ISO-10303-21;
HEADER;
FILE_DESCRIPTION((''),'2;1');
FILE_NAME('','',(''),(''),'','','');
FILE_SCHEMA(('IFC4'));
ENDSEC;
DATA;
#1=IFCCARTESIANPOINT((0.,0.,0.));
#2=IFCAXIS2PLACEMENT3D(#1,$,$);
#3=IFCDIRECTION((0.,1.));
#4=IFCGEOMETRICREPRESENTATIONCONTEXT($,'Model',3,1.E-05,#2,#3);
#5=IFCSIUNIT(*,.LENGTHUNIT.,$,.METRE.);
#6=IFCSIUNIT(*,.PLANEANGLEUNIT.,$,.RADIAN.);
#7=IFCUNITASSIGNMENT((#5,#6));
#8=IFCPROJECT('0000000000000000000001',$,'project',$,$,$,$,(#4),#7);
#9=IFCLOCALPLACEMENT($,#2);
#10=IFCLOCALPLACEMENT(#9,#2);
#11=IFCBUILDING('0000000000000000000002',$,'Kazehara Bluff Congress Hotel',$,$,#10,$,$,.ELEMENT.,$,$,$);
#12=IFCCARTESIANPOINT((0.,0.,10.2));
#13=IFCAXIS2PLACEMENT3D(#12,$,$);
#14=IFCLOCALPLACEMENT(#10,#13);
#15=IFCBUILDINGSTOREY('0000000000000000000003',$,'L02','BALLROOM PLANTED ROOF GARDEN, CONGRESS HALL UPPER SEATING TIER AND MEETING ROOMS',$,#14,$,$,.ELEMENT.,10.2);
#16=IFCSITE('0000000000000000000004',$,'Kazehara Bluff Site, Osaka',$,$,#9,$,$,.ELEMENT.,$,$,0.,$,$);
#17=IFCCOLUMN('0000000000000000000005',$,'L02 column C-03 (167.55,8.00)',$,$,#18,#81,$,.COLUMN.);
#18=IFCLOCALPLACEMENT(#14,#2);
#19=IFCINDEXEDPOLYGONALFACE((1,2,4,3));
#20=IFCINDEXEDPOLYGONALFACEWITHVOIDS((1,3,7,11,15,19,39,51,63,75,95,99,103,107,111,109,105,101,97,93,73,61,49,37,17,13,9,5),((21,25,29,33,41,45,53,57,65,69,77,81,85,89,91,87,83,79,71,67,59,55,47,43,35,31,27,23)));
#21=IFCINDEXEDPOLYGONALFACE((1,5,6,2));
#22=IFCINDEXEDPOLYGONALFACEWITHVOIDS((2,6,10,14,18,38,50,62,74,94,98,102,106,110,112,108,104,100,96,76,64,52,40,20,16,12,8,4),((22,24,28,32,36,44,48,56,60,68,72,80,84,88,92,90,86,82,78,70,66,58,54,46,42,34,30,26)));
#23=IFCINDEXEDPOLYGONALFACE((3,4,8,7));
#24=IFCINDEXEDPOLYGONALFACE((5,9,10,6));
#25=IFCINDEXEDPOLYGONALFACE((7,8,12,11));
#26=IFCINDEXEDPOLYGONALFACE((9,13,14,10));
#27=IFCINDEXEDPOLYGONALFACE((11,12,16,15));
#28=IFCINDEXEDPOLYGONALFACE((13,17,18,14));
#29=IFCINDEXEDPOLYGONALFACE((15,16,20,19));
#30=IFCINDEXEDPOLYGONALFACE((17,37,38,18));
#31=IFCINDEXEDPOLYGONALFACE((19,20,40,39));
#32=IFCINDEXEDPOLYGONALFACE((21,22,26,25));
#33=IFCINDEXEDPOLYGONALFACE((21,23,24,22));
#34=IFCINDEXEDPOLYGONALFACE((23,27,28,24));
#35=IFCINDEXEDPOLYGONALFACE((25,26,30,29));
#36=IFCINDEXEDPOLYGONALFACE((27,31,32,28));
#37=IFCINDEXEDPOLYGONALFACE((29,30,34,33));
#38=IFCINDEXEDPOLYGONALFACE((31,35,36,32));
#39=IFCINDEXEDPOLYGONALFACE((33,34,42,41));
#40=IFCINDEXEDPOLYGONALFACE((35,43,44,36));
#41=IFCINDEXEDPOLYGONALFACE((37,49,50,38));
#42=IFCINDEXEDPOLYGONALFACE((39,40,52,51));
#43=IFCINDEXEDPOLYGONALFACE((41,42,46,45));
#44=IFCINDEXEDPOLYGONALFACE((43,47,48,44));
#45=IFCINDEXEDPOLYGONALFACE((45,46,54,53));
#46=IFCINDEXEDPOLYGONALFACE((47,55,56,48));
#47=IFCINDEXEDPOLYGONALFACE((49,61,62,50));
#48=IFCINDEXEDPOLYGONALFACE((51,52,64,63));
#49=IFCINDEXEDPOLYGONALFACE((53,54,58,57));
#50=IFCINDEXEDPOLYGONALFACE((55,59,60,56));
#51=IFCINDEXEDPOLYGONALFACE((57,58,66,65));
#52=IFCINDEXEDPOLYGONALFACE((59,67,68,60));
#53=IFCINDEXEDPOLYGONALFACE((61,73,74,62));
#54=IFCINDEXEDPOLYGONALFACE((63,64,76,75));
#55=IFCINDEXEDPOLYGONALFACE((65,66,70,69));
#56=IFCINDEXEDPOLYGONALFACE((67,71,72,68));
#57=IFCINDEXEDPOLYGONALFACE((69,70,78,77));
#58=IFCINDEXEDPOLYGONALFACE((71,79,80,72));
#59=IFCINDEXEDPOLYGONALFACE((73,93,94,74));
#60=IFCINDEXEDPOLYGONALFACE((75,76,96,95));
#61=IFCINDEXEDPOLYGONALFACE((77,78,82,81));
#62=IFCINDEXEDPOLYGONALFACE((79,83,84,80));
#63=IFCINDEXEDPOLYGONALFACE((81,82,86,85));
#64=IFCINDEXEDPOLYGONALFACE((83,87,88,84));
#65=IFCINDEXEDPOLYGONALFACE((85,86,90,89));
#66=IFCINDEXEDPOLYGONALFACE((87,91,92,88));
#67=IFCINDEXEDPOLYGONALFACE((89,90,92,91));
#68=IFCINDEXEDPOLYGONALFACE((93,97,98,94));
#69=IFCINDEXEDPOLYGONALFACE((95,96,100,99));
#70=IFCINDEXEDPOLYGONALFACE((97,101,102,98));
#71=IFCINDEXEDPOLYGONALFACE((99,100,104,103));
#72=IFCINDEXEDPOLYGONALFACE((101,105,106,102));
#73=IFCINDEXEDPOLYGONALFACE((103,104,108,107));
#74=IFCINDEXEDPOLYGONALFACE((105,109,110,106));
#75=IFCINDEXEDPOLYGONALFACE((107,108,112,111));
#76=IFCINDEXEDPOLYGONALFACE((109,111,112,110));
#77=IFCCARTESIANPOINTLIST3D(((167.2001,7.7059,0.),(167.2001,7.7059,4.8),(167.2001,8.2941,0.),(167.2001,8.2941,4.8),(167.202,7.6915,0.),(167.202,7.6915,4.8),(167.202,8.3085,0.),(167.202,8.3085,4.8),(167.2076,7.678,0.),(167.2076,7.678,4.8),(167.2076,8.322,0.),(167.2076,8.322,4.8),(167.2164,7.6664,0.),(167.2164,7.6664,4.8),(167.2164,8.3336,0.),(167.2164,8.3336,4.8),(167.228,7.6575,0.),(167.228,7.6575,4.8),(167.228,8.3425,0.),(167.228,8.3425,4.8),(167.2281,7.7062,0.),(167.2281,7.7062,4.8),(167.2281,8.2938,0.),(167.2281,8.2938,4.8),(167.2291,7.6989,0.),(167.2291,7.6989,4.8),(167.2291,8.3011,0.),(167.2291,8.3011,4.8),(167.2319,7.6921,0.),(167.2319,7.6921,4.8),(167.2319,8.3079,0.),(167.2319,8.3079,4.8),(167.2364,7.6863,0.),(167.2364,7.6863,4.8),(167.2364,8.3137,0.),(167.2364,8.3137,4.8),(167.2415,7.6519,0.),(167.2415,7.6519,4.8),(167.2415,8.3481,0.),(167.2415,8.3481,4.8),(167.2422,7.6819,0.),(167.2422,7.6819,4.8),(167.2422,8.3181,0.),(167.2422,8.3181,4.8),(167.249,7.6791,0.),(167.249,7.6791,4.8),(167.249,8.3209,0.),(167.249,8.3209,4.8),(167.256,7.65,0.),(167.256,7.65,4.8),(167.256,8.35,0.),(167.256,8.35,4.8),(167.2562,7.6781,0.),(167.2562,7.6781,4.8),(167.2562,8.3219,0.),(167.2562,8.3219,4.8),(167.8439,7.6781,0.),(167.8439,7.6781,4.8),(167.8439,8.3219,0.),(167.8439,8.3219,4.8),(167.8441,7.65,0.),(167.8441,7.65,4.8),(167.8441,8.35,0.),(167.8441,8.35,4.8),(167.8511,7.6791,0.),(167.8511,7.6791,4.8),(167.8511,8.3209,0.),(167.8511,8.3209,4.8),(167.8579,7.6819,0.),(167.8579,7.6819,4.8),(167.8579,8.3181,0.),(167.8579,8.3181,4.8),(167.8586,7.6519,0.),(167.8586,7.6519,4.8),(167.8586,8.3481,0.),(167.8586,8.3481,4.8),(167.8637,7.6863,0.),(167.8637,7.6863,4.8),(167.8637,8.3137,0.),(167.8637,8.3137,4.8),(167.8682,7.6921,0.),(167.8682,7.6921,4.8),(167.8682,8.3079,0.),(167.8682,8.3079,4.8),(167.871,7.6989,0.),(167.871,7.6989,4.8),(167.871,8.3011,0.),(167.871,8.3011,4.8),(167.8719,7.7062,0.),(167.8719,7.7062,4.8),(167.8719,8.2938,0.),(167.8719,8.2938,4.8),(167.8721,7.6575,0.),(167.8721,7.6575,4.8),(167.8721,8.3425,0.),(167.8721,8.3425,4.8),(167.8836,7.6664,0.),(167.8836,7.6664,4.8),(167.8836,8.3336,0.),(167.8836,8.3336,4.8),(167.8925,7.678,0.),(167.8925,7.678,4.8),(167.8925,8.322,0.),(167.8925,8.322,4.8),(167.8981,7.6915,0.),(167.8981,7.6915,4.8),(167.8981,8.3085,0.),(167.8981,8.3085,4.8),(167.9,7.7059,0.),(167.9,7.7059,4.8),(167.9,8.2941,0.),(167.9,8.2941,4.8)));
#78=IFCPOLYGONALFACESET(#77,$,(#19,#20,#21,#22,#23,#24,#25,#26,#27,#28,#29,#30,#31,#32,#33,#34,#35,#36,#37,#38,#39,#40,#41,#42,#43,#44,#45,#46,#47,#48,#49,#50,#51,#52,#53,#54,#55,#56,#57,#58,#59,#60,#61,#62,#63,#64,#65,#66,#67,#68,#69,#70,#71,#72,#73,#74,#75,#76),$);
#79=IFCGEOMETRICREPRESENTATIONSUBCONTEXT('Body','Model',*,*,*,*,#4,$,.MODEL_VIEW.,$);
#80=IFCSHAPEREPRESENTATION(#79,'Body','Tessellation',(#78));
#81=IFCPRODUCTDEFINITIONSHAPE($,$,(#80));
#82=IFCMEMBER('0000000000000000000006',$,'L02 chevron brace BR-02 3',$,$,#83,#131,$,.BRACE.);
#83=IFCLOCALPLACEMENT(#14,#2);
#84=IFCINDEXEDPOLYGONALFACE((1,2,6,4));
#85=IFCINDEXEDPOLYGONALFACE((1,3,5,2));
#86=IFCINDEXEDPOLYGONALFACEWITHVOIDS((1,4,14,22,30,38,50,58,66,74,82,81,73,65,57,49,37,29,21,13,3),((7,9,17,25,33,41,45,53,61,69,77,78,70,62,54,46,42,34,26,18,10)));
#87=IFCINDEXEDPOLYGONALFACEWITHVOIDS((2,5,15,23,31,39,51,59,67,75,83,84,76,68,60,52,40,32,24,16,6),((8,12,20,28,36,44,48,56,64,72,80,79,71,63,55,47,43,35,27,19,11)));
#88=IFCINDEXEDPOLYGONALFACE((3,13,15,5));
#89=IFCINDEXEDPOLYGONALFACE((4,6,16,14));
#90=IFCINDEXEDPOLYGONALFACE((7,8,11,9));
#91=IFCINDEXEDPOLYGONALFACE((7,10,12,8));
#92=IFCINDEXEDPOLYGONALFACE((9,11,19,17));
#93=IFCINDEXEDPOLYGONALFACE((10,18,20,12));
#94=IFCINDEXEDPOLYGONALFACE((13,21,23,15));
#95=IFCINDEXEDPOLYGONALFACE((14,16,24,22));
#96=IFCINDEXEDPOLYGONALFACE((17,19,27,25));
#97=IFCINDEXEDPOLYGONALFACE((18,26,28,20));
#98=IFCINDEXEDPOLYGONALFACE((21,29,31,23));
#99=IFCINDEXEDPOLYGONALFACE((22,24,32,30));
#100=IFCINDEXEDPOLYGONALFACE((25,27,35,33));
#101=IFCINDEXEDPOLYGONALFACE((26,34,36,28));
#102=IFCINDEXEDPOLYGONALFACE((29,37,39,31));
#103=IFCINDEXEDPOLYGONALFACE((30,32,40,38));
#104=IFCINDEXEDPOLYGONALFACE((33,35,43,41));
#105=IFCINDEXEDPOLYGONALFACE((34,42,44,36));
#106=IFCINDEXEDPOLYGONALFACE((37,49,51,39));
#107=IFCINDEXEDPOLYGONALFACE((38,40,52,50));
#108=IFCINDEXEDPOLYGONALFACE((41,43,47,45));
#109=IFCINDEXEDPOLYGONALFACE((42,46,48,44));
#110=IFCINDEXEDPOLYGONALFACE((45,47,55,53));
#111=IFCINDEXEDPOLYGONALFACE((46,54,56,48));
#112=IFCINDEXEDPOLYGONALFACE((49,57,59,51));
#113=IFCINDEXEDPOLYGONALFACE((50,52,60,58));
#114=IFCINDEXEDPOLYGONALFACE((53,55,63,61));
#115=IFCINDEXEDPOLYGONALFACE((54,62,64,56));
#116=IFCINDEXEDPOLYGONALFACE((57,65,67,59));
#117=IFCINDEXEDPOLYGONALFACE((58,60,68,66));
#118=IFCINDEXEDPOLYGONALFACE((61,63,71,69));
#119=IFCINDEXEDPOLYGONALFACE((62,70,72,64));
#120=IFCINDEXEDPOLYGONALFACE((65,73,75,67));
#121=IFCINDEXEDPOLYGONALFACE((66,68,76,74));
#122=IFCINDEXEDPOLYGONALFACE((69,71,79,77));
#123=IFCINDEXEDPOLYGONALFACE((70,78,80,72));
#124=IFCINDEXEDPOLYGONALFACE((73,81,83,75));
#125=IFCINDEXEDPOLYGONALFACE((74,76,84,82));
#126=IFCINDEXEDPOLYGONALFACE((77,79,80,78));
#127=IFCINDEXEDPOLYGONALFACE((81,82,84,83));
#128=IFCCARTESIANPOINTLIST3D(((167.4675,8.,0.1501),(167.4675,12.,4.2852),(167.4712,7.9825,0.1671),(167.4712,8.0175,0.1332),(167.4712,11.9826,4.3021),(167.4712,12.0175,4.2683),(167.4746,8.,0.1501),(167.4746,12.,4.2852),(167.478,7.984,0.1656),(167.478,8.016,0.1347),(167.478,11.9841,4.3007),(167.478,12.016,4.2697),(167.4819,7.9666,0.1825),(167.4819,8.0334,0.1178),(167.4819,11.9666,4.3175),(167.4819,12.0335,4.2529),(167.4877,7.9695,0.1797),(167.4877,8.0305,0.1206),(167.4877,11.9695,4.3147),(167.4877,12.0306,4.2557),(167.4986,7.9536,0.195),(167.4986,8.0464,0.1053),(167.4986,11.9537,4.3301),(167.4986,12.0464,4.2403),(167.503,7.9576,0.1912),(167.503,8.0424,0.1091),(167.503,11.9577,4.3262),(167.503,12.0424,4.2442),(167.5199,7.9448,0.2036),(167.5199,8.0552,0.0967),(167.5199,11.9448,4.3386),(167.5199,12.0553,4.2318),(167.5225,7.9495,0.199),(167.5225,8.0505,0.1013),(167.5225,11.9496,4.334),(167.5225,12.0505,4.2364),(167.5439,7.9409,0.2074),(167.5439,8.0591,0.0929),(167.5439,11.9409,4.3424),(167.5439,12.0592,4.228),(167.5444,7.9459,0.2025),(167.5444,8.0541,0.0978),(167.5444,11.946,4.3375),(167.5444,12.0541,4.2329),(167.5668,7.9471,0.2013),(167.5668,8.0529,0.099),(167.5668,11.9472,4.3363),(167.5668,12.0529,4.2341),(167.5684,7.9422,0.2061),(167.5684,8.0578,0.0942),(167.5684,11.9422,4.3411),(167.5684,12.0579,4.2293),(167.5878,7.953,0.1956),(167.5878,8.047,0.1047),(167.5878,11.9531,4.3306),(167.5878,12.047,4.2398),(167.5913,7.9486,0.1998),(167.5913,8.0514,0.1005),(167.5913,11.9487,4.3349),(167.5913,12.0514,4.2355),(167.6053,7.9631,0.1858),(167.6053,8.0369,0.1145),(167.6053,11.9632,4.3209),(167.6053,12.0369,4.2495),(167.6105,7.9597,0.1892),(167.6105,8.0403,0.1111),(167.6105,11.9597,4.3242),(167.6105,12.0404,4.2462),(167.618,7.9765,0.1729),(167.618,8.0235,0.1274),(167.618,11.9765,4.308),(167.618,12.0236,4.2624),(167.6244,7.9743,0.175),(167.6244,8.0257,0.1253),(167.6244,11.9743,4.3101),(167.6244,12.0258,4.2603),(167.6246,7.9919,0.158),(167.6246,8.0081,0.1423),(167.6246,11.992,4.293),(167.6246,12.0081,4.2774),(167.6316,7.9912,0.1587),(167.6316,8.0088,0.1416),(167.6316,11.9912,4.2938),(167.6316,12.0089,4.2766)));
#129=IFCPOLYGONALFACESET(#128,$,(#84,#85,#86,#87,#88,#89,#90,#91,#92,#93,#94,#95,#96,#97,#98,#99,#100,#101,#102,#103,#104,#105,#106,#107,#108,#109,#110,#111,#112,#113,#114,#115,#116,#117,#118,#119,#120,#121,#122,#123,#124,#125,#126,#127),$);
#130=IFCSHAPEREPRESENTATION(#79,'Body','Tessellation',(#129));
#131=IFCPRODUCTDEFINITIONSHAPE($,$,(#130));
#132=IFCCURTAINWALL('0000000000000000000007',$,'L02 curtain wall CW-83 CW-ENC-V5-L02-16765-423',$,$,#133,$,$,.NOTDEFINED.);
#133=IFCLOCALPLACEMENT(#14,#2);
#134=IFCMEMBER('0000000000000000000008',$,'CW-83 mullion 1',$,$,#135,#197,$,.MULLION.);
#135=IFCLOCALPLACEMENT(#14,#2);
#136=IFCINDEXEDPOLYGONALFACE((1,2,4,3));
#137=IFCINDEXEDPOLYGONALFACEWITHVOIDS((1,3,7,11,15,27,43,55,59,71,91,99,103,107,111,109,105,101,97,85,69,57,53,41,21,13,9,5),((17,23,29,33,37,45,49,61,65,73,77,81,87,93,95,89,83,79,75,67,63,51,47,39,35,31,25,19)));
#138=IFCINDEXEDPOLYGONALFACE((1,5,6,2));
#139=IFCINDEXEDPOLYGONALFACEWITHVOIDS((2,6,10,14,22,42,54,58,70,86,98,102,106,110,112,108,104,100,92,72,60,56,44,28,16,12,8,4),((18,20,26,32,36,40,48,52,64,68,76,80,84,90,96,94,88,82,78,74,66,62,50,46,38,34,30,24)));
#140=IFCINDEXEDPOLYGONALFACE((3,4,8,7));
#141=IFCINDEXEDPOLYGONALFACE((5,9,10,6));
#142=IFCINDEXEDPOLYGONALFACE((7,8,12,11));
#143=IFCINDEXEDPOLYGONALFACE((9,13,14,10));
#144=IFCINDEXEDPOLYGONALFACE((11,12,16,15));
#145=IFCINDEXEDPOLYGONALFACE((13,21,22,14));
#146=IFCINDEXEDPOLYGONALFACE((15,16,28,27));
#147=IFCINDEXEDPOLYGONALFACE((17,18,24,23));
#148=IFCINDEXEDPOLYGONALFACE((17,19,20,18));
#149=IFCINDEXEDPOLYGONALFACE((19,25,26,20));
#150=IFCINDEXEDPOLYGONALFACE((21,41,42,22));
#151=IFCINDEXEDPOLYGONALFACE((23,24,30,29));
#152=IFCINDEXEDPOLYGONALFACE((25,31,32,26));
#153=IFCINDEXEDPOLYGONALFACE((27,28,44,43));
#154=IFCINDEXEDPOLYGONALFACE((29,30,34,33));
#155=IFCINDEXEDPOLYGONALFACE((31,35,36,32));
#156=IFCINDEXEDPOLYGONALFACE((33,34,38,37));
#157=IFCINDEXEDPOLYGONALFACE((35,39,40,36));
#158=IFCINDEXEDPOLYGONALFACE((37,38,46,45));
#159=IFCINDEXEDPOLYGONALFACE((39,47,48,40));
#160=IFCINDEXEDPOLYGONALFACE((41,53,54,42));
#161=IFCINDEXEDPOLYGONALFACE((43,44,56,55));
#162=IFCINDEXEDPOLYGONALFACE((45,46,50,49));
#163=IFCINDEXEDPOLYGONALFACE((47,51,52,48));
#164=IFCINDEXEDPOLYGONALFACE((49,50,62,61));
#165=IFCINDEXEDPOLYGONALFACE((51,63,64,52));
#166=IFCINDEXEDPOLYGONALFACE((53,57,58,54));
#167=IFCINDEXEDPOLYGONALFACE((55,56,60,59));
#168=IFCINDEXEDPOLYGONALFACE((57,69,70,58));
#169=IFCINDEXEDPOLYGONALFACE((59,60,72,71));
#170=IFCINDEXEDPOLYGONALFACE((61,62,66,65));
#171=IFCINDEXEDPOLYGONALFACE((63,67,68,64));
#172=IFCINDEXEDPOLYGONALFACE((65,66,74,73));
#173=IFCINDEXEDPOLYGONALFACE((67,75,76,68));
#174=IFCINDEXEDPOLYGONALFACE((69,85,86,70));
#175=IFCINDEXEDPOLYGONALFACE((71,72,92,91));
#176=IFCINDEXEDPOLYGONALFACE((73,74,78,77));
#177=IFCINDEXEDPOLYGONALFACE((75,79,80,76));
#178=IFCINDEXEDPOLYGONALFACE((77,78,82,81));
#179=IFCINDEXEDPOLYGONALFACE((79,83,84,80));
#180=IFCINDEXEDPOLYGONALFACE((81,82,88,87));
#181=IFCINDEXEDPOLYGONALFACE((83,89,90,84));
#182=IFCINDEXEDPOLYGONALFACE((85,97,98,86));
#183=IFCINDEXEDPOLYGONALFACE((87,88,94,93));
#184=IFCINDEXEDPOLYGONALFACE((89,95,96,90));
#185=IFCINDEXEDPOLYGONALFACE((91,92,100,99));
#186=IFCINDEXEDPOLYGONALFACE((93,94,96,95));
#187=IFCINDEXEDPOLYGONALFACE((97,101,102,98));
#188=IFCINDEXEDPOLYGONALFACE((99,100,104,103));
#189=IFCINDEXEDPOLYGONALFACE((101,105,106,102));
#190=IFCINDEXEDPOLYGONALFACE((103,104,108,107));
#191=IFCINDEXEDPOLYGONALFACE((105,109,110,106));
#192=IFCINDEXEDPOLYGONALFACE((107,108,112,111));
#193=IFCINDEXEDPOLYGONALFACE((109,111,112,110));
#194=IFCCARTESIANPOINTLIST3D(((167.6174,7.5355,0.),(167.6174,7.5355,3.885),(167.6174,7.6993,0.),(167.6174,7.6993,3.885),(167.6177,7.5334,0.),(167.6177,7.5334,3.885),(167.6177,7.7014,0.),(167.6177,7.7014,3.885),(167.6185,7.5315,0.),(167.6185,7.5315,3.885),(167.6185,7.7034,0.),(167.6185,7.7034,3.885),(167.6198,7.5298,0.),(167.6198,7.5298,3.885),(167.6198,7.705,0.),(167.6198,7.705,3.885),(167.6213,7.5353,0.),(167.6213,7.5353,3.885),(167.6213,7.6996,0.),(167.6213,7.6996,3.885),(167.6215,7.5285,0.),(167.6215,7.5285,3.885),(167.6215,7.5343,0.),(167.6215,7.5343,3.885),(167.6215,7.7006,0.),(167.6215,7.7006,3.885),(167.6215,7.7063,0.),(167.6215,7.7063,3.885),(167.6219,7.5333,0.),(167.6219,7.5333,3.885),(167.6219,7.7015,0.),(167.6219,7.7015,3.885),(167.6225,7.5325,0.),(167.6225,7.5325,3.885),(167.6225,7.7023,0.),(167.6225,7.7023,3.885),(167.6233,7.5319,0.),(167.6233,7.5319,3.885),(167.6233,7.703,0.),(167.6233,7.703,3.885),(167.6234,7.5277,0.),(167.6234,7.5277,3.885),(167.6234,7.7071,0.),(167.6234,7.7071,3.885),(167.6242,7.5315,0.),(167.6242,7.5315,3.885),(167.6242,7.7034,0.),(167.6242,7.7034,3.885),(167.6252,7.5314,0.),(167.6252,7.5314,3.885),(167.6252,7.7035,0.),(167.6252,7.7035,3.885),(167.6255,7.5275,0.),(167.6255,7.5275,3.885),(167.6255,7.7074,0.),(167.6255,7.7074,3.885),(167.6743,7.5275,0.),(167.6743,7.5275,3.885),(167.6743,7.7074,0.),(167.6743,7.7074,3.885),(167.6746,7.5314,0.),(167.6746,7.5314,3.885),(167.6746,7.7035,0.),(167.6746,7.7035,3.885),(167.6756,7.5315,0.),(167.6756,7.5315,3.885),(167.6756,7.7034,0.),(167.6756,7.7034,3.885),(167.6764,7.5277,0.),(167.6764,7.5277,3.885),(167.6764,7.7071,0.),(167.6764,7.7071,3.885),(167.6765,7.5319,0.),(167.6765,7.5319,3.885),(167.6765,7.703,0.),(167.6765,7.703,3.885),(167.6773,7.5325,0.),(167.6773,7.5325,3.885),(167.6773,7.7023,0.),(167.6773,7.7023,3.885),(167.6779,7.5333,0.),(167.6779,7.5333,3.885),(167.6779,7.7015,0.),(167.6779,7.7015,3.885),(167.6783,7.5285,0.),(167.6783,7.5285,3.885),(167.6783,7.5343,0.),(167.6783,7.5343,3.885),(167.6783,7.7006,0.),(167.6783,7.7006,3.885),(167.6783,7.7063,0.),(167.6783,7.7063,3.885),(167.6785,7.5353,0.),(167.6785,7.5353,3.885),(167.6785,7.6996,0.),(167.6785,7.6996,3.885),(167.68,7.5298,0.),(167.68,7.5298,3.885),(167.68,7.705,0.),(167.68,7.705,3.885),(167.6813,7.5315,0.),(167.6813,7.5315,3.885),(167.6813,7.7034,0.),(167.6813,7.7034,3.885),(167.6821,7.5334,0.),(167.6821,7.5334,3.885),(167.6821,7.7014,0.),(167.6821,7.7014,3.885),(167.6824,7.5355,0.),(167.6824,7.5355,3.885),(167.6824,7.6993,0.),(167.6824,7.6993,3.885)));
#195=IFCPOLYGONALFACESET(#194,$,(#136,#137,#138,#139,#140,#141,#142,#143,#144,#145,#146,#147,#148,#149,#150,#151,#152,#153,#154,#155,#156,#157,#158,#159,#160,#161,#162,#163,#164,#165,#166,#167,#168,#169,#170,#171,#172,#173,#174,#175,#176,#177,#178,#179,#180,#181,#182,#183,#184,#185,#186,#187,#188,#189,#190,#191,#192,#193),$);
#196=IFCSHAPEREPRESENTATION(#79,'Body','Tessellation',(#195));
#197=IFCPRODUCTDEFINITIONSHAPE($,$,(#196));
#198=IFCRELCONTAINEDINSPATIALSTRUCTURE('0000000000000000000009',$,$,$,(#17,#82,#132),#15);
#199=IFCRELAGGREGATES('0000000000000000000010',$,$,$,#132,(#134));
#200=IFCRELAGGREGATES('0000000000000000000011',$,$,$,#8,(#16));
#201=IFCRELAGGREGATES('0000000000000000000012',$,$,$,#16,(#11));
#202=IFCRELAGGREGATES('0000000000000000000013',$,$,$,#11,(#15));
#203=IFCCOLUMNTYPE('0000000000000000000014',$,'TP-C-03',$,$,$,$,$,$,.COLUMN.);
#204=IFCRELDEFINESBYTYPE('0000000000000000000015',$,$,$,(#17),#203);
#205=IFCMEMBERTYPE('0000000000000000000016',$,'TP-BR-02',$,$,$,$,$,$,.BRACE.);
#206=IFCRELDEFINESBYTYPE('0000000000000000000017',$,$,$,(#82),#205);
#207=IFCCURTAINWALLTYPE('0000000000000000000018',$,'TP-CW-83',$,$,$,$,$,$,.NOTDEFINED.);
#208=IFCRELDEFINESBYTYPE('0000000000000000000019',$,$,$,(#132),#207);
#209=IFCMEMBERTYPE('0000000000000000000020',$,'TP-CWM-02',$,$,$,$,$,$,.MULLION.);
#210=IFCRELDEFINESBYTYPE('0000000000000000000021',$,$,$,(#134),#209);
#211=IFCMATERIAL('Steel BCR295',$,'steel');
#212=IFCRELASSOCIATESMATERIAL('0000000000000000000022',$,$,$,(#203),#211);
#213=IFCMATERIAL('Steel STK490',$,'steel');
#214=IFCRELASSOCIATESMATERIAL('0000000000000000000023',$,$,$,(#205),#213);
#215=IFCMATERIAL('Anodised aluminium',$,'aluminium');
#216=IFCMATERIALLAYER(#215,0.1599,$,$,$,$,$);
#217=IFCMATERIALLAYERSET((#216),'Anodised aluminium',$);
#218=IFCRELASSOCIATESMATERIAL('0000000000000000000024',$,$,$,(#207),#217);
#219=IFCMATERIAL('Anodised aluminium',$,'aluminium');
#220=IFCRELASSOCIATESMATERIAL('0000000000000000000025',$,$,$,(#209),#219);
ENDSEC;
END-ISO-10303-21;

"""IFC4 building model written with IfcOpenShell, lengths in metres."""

from ifc_helpers import new_model, si_unit, direction, frame, origin, origin_2d, place, context, subcontext, project, spatial, hollow_rectangle, hollow_circle, extrude, material, layer, layer_set, material_profile, profile_set, type_object, element, aggregate, save


model = new_model("IFC4")

# Units and contexts
model_context = context("Model", 3, precision=1e-05, world=origin(), true_north=direction((0.0, 1.0)))
body_context = subcontext(model_context, "Body", "Model", "MODEL_VIEW")
ifc_project = project(units=[si_unit("LENGTHUNIT", "METRE"), si_unit("PLANEANGLEUNIT", "RADIAN")], contexts=[model_context])

# Site, building, storey
site_placement = place(None, origin())
site = spatial("IfcSite", under=ifc_project, at=site_placement, Name="Kazehara Bluff Site, Osaka", CompositionType="ELEMENT", RefElevation=0.0)
building_placement = place(site_placement, origin())
building = spatial("IfcBuilding", under=site, at=building_placement, Name="Kazehara Bluff Congress Hotel", CompositionType="ELEMENT")
storey_placement = place(building_placement, frame((0.0, 0.0, 10.2)))
storey = spatial("IfcBuildingStorey", under=building, at=storey_placement, Name="L02", Description="BALLROOM PLANTED ROOF GARDEN, CONGRESS HALL UPPER SEATING TIER AND MEETING ROOMS", CompositionType="ELEMENT", Elevation=10.2)

# Column
ifc_material_1 = material(Name="Steel BCR295", Category="steel")
ifc_material_profile_1 = material_profile(ifc_material_1, hollow_rectangle(XDim=0.7, YDim=0.7, WallThickness=0.0281, InnerFilletRadius=0.0281, OuterFilletRadius=0.0559, at=origin_2d()))
ifc_profile_set_1 = profile_set([ifc_material_profile_1], Name="Steel BCR295")
column_type = type_object("IfcColumnType", Name="TP-C-03", PredefinedType="COLUMN", material=ifc_profile_set_1)
column_placement = place(storey_placement, frame((167.55, 8.0, 0.0), z_axis=(0.0, 0.0, 1.0), x_axis=(1.0, 0.0, 0.0)))
element("IfcColumn", 1, at=column_placement, inside=storey, type_object=column_type, Name="L02 column C-03 (167.55,8.00)", PredefinedType="COLUMN", context=body_context, shape_type="SweptSolid", body=[
    extrude(hollow_rectangle(XDim=0.7, YDim=0.7, WallThickness=0.0281, InnerFilletRadius=0.0281, OuterFilletRadius=0.0559, at=origin_2d()), origin(), (0.0, 0.0, 1.0), 4.8),
])

# Member
ifc_material_2 = material(Name="Steel STK490", Category="steel")
ifc_material_profile_2 = material_profile(ifc_material_2, hollow_circle(Radius=0.0825, WallThickness=0.0071, at=origin_2d()))
ifc_profile_set_2 = profile_set([ifc_material_profile_2], Name="Steel STK490")
member_type_1 = type_object("IfcMemberType", Name="TP-BR-02", PredefinedType="BRACE", material=ifc_profile_set_2)
member_1_placement = place(storey_placement, frame((167.55, 8.0, 0.1501), z_axis=(0.0, 0.695276, 0.718743), x_axis=(-1.0, 0.0, 0.0)))
element("IfcMember", 2, at=member_1_placement, inside=storey, type_object=member_type_1, Name="L02 chevron brace BR-02 3", PredefinedType="BRACE", context=body_context, shape_type="SweptSolid", body=[
    extrude(hollow_circle(Radius=0.0825, WallThickness=0.0071, at=origin_2d()), origin(), (0.0, 0.0, 1.0), 5.7532),
])

# Curtain wall, member
ifc_material_3 = material(Name="Anodised aluminium", Category="aluminium")
ifc_layer_1 = layer(ifc_material_3, 0.1599)
ifc_layer_set_1 = layer_set([ifc_layer_1], Name="Anodised aluminium")
curtain_wall_type = type_object("IfcCurtainWallType", Name="TP-CW-83", PredefinedType="NOTDEFINED", material=ifc_layer_set_1)
curtain_wall_placement = place(storey_placement, origin())
curtain_wall = element("IfcCurtainWall", 3, at=curtain_wall_placement, inside=storey, type_object=curtain_wall_type, Name="L02 curtain wall CW-83 CW-ENC-V5-L02-16765-423", PredefinedType="NOTDEFINED")
ifc_material_4 = material(Name="Anodised aluminium", Category="aluminium")
ifc_material_profile_3 = material_profile(ifc_material_4, hollow_rectangle(XDim=0.0649, YDim=0.1799, WallThickness=0.0039, InnerFilletRadius=0.0039, OuterFilletRadius=0.0081, at=origin_2d()))
ifc_profile_set_3 = profile_set([ifc_material_profile_3], Name="Anodised aluminium")
member_type_2 = type_object("IfcMemberType", Name="TP-CWM-02", PredefinedType="MULLION", material=ifc_profile_set_3)
member_2_placement = place(storey_placement, frame((167.6499, 7.6174, 0.0), z_axis=(0.0, 0.0, 1.0), x_axis=(1.0, 0.0, 0.0)))
member_2 = element("IfcMember", 4, at=member_2_placement, type_object=member_type_2, Name="CW-83 mullion 1", PredefinedType="MULLION", context=body_context, shape_type="SweptSolid", body=[
    extrude(hollow_rectangle(XDim=0.0649, YDim=0.1799, WallThickness=0.0039, InnerFilletRadius=0.0039, OuterFilletRadius=0.0081, at=origin_2d()), origin(), (0.0, 0.0, 1.0), 3.885),
])

aggregate(curtain_wall, [member_2])

save(model, "model.ifc")
